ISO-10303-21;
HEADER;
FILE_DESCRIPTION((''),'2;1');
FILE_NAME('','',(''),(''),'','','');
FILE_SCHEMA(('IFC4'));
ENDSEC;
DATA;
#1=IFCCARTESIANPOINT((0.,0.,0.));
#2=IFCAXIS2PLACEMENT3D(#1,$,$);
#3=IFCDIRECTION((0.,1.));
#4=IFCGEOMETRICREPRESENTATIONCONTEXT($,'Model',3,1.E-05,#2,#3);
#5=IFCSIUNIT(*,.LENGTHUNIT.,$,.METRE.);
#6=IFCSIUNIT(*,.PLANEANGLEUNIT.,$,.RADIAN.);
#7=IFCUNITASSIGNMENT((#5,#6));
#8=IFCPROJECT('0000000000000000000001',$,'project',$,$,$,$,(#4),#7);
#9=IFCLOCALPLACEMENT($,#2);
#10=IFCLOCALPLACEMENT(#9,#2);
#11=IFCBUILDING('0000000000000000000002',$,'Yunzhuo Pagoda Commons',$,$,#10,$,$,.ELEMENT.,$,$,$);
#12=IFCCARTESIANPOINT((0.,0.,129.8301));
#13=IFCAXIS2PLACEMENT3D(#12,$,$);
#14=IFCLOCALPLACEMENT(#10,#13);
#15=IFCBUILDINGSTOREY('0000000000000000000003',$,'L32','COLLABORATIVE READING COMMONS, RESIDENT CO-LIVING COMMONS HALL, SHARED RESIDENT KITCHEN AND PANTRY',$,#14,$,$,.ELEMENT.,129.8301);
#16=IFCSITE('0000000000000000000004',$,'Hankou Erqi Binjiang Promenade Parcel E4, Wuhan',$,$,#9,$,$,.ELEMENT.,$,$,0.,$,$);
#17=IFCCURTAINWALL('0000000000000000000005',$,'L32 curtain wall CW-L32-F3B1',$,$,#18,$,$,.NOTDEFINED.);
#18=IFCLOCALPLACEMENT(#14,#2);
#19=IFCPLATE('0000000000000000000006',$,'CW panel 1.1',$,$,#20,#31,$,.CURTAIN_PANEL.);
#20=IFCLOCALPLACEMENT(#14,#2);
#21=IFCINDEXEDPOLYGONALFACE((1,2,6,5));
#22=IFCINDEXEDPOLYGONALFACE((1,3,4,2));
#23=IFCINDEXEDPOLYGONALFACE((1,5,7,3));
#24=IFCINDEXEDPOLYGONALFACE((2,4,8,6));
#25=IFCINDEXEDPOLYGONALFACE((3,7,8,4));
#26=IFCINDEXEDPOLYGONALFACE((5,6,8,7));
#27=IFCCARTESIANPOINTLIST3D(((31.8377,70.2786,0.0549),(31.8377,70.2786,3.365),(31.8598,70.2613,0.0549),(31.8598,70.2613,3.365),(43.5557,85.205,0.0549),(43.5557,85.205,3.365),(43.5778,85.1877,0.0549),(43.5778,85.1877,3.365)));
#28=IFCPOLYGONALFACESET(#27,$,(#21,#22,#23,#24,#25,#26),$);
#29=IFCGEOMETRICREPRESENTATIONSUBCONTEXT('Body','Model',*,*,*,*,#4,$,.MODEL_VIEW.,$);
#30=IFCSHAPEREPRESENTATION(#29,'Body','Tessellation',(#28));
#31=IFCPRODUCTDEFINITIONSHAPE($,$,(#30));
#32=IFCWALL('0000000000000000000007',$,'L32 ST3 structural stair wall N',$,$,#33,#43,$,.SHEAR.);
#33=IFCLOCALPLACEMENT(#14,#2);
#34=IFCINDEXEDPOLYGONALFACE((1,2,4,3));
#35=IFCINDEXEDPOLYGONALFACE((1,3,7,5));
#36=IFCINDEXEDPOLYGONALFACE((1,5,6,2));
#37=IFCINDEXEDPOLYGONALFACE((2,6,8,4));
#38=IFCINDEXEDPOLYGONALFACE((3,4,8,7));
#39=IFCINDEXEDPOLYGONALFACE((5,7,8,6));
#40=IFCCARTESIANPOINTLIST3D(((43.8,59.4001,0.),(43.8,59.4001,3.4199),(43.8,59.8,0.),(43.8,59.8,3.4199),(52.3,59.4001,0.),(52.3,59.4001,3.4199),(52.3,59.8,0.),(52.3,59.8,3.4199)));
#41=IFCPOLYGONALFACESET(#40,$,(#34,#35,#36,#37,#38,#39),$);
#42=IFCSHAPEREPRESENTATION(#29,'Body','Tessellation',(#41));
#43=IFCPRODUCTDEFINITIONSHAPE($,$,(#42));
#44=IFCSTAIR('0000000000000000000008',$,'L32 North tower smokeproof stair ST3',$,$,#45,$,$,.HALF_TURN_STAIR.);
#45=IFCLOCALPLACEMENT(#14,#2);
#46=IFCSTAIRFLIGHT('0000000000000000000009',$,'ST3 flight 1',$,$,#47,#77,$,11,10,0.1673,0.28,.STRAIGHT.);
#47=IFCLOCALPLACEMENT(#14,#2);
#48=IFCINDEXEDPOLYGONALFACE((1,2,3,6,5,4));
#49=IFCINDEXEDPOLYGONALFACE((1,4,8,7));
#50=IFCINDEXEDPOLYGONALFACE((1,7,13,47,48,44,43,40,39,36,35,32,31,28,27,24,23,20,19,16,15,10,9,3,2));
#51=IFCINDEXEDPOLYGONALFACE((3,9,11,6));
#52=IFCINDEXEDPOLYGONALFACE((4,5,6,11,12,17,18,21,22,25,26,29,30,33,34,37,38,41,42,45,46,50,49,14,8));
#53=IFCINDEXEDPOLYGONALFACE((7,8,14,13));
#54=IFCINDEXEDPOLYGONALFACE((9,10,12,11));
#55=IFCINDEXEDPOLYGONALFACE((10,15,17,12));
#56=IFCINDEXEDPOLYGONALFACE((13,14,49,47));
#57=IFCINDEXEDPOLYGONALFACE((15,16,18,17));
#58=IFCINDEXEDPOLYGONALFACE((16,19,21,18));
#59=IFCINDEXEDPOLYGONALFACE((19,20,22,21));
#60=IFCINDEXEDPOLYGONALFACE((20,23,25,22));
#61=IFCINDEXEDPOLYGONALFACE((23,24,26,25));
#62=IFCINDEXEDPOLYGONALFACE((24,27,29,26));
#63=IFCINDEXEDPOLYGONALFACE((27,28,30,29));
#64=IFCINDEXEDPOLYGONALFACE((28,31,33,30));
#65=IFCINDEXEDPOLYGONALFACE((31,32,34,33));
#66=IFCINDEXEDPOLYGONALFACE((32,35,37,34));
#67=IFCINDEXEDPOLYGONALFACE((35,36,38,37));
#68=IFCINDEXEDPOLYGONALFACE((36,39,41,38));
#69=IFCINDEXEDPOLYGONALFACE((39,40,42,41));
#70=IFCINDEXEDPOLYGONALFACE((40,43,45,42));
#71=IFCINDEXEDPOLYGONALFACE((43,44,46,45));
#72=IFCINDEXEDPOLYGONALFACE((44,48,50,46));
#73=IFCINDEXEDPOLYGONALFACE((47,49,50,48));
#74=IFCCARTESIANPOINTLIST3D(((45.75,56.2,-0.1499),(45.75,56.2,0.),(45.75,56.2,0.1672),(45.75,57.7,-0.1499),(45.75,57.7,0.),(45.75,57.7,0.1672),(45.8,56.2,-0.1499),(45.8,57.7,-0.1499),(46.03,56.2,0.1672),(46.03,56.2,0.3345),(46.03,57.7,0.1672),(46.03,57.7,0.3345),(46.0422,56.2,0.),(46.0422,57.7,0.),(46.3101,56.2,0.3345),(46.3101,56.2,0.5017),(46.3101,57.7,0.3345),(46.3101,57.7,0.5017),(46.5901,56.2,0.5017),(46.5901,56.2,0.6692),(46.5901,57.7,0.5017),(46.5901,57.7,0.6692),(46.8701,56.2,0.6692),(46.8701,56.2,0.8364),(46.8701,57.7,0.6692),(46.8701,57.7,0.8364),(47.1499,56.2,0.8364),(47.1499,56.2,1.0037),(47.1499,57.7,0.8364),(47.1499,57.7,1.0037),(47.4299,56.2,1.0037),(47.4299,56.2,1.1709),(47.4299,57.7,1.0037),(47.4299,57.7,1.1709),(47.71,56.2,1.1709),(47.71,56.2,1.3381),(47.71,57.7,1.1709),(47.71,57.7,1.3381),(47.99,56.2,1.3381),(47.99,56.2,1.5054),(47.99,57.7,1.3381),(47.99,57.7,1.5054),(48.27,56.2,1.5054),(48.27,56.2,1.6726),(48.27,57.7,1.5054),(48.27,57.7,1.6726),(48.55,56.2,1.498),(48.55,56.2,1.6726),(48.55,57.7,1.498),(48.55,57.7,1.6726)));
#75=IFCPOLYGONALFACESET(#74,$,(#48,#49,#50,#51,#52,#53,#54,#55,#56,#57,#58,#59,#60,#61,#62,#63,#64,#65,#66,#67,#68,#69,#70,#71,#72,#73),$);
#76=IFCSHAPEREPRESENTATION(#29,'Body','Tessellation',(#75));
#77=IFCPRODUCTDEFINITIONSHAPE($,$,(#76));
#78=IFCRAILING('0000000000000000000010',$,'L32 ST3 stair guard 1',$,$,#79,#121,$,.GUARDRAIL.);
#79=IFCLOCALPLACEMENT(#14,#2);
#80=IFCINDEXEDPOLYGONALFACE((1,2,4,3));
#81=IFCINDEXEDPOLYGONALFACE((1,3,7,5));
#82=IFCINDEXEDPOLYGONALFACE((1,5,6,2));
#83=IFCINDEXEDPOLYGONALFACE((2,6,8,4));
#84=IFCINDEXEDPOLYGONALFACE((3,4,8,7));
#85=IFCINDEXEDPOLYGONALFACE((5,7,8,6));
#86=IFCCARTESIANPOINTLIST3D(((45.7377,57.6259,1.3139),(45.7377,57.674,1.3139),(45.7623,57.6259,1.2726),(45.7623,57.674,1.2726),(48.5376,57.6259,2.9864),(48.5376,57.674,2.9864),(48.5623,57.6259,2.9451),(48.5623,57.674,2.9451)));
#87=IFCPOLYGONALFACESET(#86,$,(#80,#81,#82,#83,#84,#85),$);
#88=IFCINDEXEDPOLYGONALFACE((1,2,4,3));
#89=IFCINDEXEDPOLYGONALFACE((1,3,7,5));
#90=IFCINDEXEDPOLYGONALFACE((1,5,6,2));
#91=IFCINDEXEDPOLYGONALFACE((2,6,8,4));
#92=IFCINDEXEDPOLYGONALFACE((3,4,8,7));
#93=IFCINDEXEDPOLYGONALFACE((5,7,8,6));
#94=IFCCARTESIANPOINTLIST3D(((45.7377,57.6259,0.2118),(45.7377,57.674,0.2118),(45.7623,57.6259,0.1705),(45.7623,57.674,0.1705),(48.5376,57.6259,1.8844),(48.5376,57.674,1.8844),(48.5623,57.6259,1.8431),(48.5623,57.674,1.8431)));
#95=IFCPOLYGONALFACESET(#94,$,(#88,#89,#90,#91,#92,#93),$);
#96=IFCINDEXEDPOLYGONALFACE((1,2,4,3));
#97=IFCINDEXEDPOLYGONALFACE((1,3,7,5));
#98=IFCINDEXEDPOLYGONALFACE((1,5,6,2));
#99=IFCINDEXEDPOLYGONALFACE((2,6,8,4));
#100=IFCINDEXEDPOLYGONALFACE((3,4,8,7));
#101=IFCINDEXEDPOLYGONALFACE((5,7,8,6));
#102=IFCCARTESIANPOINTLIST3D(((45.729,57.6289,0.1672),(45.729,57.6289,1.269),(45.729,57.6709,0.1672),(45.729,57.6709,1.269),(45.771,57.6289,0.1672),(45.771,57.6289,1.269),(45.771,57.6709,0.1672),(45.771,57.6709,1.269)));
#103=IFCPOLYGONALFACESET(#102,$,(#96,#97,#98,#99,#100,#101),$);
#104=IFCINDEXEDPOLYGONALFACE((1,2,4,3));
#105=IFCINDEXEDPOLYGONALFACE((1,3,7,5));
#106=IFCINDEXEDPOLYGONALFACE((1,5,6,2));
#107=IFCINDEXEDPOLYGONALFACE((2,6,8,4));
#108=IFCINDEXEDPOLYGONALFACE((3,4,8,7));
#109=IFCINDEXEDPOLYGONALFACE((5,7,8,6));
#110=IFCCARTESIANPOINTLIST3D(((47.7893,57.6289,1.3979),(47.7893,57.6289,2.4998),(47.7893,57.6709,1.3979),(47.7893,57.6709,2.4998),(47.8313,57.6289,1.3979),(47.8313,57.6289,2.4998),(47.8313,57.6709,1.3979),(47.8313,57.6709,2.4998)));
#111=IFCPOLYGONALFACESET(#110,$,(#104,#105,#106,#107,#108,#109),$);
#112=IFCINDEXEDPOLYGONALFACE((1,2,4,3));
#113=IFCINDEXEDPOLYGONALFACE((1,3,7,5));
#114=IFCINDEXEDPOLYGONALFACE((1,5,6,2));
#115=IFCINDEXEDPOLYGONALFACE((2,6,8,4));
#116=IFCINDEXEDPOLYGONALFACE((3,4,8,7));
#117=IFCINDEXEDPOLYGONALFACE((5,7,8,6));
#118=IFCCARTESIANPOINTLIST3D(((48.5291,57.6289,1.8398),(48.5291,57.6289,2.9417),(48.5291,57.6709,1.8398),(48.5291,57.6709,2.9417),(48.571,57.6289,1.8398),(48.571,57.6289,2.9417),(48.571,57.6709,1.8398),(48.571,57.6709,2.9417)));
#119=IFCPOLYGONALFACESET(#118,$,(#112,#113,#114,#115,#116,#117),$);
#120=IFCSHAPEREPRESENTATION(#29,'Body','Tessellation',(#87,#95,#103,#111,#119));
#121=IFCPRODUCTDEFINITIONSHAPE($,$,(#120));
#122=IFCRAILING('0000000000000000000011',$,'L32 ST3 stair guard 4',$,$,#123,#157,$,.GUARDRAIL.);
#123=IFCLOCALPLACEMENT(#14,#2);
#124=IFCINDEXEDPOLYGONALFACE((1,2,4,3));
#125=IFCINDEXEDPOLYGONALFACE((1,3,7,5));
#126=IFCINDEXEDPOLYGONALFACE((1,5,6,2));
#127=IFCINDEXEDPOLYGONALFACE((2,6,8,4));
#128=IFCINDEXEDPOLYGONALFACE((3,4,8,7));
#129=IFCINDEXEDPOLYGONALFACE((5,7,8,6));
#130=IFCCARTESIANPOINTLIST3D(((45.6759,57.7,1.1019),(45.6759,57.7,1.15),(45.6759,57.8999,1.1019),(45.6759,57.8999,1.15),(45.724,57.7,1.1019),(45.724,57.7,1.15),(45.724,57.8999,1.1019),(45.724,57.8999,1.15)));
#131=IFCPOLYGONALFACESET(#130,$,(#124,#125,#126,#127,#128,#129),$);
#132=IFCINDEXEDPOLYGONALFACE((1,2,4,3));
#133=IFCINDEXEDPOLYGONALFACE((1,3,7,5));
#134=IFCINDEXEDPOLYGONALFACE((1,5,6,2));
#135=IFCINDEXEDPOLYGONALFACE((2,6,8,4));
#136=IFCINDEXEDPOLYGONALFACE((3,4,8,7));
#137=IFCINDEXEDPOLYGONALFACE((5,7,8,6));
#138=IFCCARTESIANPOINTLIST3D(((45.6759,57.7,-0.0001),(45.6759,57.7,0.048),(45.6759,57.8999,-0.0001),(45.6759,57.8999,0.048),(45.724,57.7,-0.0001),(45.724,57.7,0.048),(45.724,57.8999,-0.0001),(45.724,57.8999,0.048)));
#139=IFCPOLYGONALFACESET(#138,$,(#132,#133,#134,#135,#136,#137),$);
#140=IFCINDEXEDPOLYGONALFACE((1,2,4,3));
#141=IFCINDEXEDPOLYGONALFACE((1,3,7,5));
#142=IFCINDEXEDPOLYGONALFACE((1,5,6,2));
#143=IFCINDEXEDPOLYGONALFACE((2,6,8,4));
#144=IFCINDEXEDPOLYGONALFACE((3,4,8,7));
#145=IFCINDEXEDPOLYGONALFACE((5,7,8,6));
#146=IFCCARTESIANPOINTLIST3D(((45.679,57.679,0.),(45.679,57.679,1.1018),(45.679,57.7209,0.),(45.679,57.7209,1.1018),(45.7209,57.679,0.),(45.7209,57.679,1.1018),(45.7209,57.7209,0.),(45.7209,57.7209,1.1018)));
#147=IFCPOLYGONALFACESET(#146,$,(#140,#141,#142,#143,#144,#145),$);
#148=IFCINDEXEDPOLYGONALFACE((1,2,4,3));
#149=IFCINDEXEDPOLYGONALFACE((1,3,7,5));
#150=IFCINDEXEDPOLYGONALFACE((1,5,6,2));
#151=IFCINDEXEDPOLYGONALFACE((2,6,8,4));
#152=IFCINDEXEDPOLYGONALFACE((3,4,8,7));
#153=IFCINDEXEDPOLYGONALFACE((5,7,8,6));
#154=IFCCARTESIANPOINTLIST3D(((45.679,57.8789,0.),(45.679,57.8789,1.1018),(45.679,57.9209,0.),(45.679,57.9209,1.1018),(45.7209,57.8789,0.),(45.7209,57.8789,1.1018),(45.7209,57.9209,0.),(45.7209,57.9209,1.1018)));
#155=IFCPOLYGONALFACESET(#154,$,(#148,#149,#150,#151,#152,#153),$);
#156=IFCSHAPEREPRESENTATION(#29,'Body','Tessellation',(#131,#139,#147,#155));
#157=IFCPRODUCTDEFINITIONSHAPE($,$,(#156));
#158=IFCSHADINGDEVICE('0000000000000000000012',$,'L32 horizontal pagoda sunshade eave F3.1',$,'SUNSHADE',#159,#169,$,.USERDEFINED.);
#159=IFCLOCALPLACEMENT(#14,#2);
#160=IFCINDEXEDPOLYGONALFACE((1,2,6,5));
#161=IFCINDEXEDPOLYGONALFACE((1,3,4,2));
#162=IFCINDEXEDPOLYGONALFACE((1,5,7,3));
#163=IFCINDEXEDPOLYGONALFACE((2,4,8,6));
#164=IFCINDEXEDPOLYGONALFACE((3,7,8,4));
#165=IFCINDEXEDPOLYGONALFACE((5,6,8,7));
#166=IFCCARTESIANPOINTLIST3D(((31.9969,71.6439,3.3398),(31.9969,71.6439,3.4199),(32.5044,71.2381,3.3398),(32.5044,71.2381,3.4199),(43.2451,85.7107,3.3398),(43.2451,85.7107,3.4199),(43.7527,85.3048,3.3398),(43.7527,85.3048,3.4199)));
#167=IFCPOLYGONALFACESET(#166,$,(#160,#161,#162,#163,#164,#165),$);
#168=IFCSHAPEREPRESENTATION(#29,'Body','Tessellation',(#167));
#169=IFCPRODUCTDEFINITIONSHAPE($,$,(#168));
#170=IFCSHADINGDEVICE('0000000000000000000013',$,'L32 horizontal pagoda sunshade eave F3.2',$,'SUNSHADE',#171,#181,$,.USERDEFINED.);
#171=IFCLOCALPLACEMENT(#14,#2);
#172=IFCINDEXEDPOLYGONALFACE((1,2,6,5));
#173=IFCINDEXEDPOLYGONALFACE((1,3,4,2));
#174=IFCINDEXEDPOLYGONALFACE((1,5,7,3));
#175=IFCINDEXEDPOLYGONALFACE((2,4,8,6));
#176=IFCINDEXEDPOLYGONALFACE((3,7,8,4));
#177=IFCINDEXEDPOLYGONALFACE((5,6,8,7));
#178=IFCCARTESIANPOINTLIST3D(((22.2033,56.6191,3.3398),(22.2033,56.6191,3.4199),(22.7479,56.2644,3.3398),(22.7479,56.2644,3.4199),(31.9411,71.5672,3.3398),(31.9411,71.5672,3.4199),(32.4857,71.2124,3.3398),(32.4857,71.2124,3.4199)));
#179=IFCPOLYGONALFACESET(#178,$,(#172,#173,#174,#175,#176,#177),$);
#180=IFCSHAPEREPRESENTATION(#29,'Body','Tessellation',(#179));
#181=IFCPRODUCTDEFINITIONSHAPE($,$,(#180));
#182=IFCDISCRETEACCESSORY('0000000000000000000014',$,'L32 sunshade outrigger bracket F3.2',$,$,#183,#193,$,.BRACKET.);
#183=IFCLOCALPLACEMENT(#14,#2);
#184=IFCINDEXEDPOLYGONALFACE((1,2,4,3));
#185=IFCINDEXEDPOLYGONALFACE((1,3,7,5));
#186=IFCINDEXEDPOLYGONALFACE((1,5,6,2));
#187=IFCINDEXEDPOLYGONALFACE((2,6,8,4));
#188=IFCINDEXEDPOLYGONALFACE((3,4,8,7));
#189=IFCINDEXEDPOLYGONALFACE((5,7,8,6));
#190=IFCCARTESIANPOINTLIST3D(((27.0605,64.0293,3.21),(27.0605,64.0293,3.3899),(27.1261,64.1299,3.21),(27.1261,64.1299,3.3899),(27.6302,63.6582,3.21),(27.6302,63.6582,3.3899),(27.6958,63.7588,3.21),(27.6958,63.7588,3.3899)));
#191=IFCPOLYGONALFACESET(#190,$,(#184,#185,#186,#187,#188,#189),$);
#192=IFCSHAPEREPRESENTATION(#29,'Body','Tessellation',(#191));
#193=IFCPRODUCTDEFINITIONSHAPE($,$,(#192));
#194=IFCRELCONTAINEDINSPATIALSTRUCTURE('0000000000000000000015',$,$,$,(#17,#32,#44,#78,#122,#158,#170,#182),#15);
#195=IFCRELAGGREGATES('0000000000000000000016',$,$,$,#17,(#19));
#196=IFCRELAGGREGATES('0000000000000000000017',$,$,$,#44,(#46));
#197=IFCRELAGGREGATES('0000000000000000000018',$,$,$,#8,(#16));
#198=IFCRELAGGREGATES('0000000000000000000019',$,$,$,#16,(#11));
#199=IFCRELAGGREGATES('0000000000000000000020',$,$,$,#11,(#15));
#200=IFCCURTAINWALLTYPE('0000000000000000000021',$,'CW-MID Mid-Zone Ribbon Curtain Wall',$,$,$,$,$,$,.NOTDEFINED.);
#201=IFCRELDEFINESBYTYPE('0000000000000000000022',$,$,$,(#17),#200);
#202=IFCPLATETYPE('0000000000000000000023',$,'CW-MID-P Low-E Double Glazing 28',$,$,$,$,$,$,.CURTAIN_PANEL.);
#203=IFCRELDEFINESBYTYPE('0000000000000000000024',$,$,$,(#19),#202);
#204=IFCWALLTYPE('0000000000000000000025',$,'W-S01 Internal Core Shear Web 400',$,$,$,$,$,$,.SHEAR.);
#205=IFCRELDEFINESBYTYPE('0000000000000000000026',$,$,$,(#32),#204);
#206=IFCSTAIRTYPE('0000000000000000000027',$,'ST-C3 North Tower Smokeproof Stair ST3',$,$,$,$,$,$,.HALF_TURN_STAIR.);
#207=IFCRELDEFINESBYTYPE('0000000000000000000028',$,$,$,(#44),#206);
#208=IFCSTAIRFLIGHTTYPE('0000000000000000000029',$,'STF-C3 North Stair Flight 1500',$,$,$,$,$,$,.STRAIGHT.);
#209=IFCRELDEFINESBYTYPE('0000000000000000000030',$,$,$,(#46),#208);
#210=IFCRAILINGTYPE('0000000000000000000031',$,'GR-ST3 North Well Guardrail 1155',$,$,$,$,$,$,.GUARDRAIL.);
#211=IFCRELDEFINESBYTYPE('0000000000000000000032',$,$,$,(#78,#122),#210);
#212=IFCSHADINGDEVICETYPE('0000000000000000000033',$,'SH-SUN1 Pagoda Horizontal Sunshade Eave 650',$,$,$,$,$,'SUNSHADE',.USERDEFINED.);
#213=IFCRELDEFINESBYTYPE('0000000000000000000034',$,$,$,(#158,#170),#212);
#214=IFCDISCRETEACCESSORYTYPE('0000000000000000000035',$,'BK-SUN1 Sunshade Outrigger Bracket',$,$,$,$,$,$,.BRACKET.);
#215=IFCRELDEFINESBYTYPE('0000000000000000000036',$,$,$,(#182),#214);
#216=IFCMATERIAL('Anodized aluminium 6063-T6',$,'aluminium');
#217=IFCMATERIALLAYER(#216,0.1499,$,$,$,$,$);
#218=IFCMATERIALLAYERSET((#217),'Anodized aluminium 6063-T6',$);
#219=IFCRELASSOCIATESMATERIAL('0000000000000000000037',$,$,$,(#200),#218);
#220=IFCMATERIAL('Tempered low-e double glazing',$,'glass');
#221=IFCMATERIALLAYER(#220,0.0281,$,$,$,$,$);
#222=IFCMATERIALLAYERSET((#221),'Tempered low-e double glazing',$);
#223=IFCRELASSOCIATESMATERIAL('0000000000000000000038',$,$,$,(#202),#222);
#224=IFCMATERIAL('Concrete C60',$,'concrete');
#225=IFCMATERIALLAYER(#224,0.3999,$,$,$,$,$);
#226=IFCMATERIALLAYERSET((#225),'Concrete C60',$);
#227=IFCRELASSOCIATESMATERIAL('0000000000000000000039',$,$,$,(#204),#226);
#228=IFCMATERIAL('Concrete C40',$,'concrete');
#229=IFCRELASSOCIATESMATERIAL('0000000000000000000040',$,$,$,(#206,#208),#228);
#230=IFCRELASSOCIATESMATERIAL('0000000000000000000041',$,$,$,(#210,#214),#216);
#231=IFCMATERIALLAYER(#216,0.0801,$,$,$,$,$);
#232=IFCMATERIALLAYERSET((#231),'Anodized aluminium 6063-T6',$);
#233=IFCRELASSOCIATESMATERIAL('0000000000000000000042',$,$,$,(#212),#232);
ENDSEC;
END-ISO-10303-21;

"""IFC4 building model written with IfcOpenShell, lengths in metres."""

from ifc_helpers import new_model, si_unit, direction, frame, frame_2d, origin, origin_2d, place, context, subcontext, project, spatial, polyline, rectangle, outline, extrude, source, transform, mapped, material, layer, layer_set, type_object, element, aggregate, save


model = new_model("IFC4")

# Units and contexts
model_context = context("Model", 3, precision=1e-05, world=origin(), true_north=direction((0.0, 1.0)))
body_context = subcontext(model_context, "Body", "Model", "MODEL_VIEW")
ifc_project = project(units=[si_unit("LENGTHUNIT", "METRE"), si_unit("PLANEANGLEUNIT", "RADIAN")], contexts=[model_context])

# Site, building, storey
site_placement = place(None, origin())
site = spatial("IfcSite", under=ifc_project, at=site_placement, Name="Hankou Erqi Binjiang Promenade Parcel E4, Wuhan", CompositionType="ELEMENT", RefElevation=0.0)
building_placement = place(site_placement, origin())
building = spatial("IfcBuilding", under=site, at=building_placement, Name="Yunzhuo Pagoda Commons", CompositionType="ELEMENT")
storey_placement = place(building_placement, frame((0.0, 0.0, 129.8301)))
storey = spatial("IfcBuildingStorey", under=building, at=storey_placement, Name="L32", Description="COLLABORATIVE READING COMMONS, RESIDENT CO-LIVING COMMONS HALL, SHARED RESIDENT KITCHEN AND PANTRY", CompositionType="ELEMENT", Elevation=129.8301)

# Curtain wall
ifc_material_1 = material(Name="Anodized aluminium 6063-T6", Category="aluminium")
ifc_layer_1 = layer(ifc_material_1, 0.1499)
ifc_layer_set_1 = layer_set([ifc_layer_1], Name="Anodized aluminium 6063-T6")
curtain_wall_type = type_object("IfcCurtainWallType", Name="CW-MID Mid-Zone Ribbon Curtain Wall", PredefinedType="NOTDEFINED", material=ifc_layer_set_1)
curtain_wall_1_placement = place(storey_placement, origin())
curtain_wall_1 = element("IfcCurtainWall", 1, at=curtain_wall_1_placement, inside=storey, type_object=curtain_wall_type, Name="L32 curtain wall CW-L32-F3B1", PredefinedType="NOTDEFINED")

# Shared definitions
ifc_material_2 = material(Name="Tempered low-e double glazing", Category="glass")
ifc_layer_2 = layer(ifc_material_2, 0.0281)
ifc_layer_set_2 = layer_set([ifc_layer_2], Name="Tempered low-e double glazing")
plate_type_1 = type_object("IfcPlateType", Name="CW-MID-P Low-E Double Glazing 28", PredefinedType="CURTAIN_PANEL", material=ifc_layer_set_2)

# Plate
shared_shape_1 = source(origin(), body_context, "Body", "SweptSolid", [
    extrude(rectangle(XDim=18.9766, YDim=0.0281, at=origin_2d()), origin(), (0.0, 0.0, 1.0), 3.3101),
])
plate_1_placement = place(storey_placement, frame((37.7078, 77.7332, 0.0549), z_axis=(0.0, 0.0, 1.0), x_axis=(-0.617499, -0.786572, 0.0)))
plate_1 = element("IfcPlate", 2, at=plate_1_placement, type_object=plate_type_1, Name="CW panel 1.1", PredefinedType="CURTAIN_PANEL", context=body_context, shape_type="MappedRepresentation", body=[
    mapped(shared_shape_1, transform((0.0, 0.0, 0.0), scale=1.0)),
])
aggregate(curtain_wall_1, [plate_1])

# Wall
ifc_material_3 = material(Name="Concrete C60", Category="concrete")
ifc_layer_3 = layer(ifc_material_3, 0.3999)
ifc_layer_set_3 = layer_set([ifc_layer_3], Name="Concrete C60")
wall_type = type_object("IfcWallType", Name="W-S01 Internal Core Shear Web 400", PredefinedType="SHEAR", material=ifc_layer_set_3)
wall_placement = place(storey_placement, frame((43.8, 59.6001, 0.0), z_axis=(0.0, 0.0, 1.0), x_axis=(1.0, 0.0, 0.0)))
element("IfcWall", 3, at=wall_placement, inside=storey, type_object=wall_type, Name="L32 ST3 structural stair wall N", PredefinedType="SHEAR", context=body_context, shape_type="SweptSolid", body=[
    extrude(rectangle(XDim=8.5, YDim=0.3999, at=frame_2d((4.25, 0.0))), origin(), (0.0, 0.0, 1.0), 3.4199),
])

# Stair, stair flight
ifc_material_4 = material(Name="Concrete C40", Category="concrete")
stair_type = type_object("IfcStairType", Name="ST-C3 North Tower Smokeproof Stair ST3", PredefinedType="HALF_TURN_STAIR", material=ifc_material_4)
stair_placement = place(storey_placement, origin())
stair = element("IfcStair", 4, at=stair_placement, inside=storey, type_object=stair_type, Name="L32 North tower smokeproof stair ST3", PredefinedType="HALF_TURN_STAIR")
stair_flight_type = type_object("IfcStairFlightType", Name="STF-C3 North Stair Flight 1500", PredefinedType="STRAIGHT", material=ifc_material_4)
shared_shape_2 = source(origin(), body_context, "Body", "SweptSolid", [
    extrude(outline(polyline([(0.0, -0.1499), (0.0, 0.0), (0.0, 0.1672), (0.28, 0.1672), (0.28, 0.3345), (0.5601, 0.3345), (0.5601, 0.5017), (0.8401, 0.5017), (0.8401, 0.6692), (1.1201, 0.6692), (1.1201, 0.8364), (1.3999, 0.8364), (1.3999, 1.0037), (1.6799, 1.0037), (1.6799, 1.1709), (1.96, 1.1709), (1.96, 1.3381), (2.24, 1.3381), (2.24, 1.5054), (2.52, 1.5054), (2.52, 1.6726), (2.8, 1.6726), (2.8, 1.8401), (2.8, 1.498), (0.2922, 0.0), (0.05, -0.1499), (0.0, -0.1499)])), frame((0.0, 0.75, 0.0), z_axis=(0.0, -1.0, 0.0), x_axis=(1.0, 0.0, 0.0)), (0.0, 0.0, 1.0), 1.5),
])
stair_flight_placement = place(storey_placement, frame((45.75, 56.95, 0.0), z_axis=(0.0, 0.0, 1.0), x_axis=(1.0, 0.0, 0.0)))
stair_flight = element("IfcStairFlight", 5, at=stair_flight_placement, type_object=stair_flight_type, Name="ST3 flight 1", NumberOfRisers=11, NumberOfTreads=10, PredefinedType="STRAIGHT", RiserHeight=0.1673, TreadLength=0.28, context=body_context, shape_type="MappedRepresentation", body=[
    mapped(shared_shape_2, transform((0.0, 0.0, 0.0), scale=1.0)),
])
aggregate(stair, [stair_flight])

# Railings
railing_type = type_object("IfcRailingType", Name="GR-ST3 North Well Guardrail 1155", PredefinedType="GUARDRAIL", material=ifc_material_1)
railing_1_placement = place(storey_placement, frame((45.75, 57.6499, 0.1672)))
element("IfcRailing", 6, at=railing_1_placement, inside=storey, type_object=railing_type, Name="L32 ST3 stair guard 1", PredefinedType="GUARDRAIL", context=body_context, shape_type="SweptSolid", body=[
    extrude(rectangle(XDim=0.0481, YDim=0.0481, at=origin_2d()), frame((0.0, 0.0, 1.126), z_axis=(0.858495, 0.0, 0.512822), x_axis=(0.0, 1.0, 0.0)), (0.0, 0.0, 1.0), 3.2615),
    extrude(rectangle(XDim=0.0481, YDim=0.0481, at=origin_2d()), frame((0.0, 0.0, 0.0239), z_axis=(0.858495, 0.0, 0.512822), x_axis=(0.0, 1.0, 0.0)), (0.0, 0.0, 1.0), 3.2615),
    extrude(rectangle(XDim=0.042, YDim=0.042, at=origin_2d()), origin(), (0.0, 0.0, 1.0), 1.1018),
    extrude(rectangle(XDim=0.042, YDim=0.042, at=origin_2d()), frame((2.0603, 0.0, 1.2307)), (0.0, 0.0, 1.0), 1.1018),
    extrude(rectangle(XDim=0.042, YDim=0.042, at=origin_2d()), frame((2.8, 0.0, 1.6726)), (0.0, 0.0, 1.0), 1.1018),
])
railing_2_placement = place(storey_placement, frame((45.7, 57.7, 0.0)))
element("IfcRailing", 7, at=railing_2_placement, inside=storey, type_object=railing_type, Name="L32 ST3 stair guard 4", PredefinedType="GUARDRAIL", context=body_context, shape_type="SweptSolid", body=[
    extrude(rectangle(XDim=0.0481, YDim=0.0481, at=origin_2d()), frame((0.0, 0.0, 1.126), z_axis=(0.0, 1.0, 0.0), x_axis=(-1.0, 0.0, 0.0)), (0.0, 0.0, 1.0), 0.2),
    extrude(rectangle(XDim=0.0481, YDim=0.0481, at=origin_2d()), frame((0.0, 0.0, 0.0239), z_axis=(0.0, 1.0, 0.0), x_axis=(-1.0, 0.0, 0.0)), (0.0, 0.0, 1.0), 0.2),
    extrude(rectangle(XDim=0.042, YDim=0.042, at=origin_2d()), origin(), (0.0, 0.0, 1.0), 1.1018),
    extrude(rectangle(XDim=0.042, YDim=0.042, at=origin_2d()), frame((0.0, 0.2, 0.0)), (0.0, 0.0, 1.0), 1.1018),
])

# Shading devices
ifc_layer_4 = layer(ifc_material_1, 0.0801)
ifc_layer_set_4 = layer_set([ifc_layer_4], Name="Anodized aluminium 6063-T6")
shading_device_type = type_object("IfcShadingDeviceType", Name="SH-SUN1 Pagoda Horizontal Sunshade Eave 650", ElementType="SUNSHADE", PredefinedType="USERDEFINED", material=ifc_layer_set_4)
shared_shape_3 = source(origin(), body_context, "Body", "SweptSolid", [
    extrude(rectangle(XDim=18.011, YDim=0.6499, at=origin_2d()), origin(), (0.0, 0.0, 1.0), 0.0801),
])
shading_device_1_placement = place(storey_placement, frame((37.8748, 78.4744, 3.3398), z_axis=(0.0, 0.0, 1.0), x_axis=(-0.62452, -0.781008, 0.0)))
element("IfcShadingDevice", 8, at=shading_device_1_placement, inside=storey, type_object=shading_device_type, Name="L32 horizontal pagoda sunshade eave F3.1", ObjectType="SUNSHADE", PredefinedType="USERDEFINED", context=body_context, shape_type="MappedRepresentation", body=[
    mapped(shared_shape_3, transform((0.0, 0.0, 0.0), scale=1.0)),
])
shared_shape_4 = source(origin(), body_context, "Body", "SweptSolid", [
    extrude(rectangle(XDim=17.8401, YDim=0.6499, at=origin_2d()), origin(), (0.0, 0.0, 1.0), 0.0801),
])
shading_device_2_placement = place(storey_placement, frame((27.3445, 63.9158, 3.3398), z_axis=(0.0, 0.0, 1.0), x_axis=(-0.545839, -0.83789, 0.0)))
element("IfcShadingDevice", 9, at=shading_device_2_placement, inside=storey, type_object=shading_device_type, Name="L32 horizontal pagoda sunshade eave F3.2", ObjectType="SUNSHADE", PredefinedType="USERDEFINED", context=body_context, shape_type="MappedRepresentation", body=[
    mapped(shared_shape_4, transform((0.0, 0.0, 0.0), scale=1.0)),
])

# Discrete accessory
discrete_accessory_type = type_object("IfcDiscreteAccessoryType", Name="BK-SUN1 Sunshade Outrigger Bracket", PredefinedType="BRACKET", material=ifc_material_1)
shared_shape_5 = source(origin(), body_context, "Body", "SweptSolid", [
    extrude(rectangle(XDim=0.1201, YDim=0.6799, at=origin_2d()), origin(), (0.0, 0.0, 1.0), 0.1799),
])
discrete_accessory_placement = place(storey_placement, frame((27.3782, 63.894, 3.21), z_axis=(0.0, 0.0, 1.0), x_axis=(-0.545839, -0.83789, 0.0)))
element("IfcDiscreteAccessory", 10, at=discrete_accessory_placement, inside=storey, type_object=discrete_accessory_type, Name="L32 sunshade outrigger bracket F3.2", PredefinedType="BRACKET", context=body_context, shape_type="MappedRepresentation", body=[
    mapped(shared_shape_5, transform((0.0, 0.0, 0.0), scale=1.0)),
])

save(model, "model.ifc")
